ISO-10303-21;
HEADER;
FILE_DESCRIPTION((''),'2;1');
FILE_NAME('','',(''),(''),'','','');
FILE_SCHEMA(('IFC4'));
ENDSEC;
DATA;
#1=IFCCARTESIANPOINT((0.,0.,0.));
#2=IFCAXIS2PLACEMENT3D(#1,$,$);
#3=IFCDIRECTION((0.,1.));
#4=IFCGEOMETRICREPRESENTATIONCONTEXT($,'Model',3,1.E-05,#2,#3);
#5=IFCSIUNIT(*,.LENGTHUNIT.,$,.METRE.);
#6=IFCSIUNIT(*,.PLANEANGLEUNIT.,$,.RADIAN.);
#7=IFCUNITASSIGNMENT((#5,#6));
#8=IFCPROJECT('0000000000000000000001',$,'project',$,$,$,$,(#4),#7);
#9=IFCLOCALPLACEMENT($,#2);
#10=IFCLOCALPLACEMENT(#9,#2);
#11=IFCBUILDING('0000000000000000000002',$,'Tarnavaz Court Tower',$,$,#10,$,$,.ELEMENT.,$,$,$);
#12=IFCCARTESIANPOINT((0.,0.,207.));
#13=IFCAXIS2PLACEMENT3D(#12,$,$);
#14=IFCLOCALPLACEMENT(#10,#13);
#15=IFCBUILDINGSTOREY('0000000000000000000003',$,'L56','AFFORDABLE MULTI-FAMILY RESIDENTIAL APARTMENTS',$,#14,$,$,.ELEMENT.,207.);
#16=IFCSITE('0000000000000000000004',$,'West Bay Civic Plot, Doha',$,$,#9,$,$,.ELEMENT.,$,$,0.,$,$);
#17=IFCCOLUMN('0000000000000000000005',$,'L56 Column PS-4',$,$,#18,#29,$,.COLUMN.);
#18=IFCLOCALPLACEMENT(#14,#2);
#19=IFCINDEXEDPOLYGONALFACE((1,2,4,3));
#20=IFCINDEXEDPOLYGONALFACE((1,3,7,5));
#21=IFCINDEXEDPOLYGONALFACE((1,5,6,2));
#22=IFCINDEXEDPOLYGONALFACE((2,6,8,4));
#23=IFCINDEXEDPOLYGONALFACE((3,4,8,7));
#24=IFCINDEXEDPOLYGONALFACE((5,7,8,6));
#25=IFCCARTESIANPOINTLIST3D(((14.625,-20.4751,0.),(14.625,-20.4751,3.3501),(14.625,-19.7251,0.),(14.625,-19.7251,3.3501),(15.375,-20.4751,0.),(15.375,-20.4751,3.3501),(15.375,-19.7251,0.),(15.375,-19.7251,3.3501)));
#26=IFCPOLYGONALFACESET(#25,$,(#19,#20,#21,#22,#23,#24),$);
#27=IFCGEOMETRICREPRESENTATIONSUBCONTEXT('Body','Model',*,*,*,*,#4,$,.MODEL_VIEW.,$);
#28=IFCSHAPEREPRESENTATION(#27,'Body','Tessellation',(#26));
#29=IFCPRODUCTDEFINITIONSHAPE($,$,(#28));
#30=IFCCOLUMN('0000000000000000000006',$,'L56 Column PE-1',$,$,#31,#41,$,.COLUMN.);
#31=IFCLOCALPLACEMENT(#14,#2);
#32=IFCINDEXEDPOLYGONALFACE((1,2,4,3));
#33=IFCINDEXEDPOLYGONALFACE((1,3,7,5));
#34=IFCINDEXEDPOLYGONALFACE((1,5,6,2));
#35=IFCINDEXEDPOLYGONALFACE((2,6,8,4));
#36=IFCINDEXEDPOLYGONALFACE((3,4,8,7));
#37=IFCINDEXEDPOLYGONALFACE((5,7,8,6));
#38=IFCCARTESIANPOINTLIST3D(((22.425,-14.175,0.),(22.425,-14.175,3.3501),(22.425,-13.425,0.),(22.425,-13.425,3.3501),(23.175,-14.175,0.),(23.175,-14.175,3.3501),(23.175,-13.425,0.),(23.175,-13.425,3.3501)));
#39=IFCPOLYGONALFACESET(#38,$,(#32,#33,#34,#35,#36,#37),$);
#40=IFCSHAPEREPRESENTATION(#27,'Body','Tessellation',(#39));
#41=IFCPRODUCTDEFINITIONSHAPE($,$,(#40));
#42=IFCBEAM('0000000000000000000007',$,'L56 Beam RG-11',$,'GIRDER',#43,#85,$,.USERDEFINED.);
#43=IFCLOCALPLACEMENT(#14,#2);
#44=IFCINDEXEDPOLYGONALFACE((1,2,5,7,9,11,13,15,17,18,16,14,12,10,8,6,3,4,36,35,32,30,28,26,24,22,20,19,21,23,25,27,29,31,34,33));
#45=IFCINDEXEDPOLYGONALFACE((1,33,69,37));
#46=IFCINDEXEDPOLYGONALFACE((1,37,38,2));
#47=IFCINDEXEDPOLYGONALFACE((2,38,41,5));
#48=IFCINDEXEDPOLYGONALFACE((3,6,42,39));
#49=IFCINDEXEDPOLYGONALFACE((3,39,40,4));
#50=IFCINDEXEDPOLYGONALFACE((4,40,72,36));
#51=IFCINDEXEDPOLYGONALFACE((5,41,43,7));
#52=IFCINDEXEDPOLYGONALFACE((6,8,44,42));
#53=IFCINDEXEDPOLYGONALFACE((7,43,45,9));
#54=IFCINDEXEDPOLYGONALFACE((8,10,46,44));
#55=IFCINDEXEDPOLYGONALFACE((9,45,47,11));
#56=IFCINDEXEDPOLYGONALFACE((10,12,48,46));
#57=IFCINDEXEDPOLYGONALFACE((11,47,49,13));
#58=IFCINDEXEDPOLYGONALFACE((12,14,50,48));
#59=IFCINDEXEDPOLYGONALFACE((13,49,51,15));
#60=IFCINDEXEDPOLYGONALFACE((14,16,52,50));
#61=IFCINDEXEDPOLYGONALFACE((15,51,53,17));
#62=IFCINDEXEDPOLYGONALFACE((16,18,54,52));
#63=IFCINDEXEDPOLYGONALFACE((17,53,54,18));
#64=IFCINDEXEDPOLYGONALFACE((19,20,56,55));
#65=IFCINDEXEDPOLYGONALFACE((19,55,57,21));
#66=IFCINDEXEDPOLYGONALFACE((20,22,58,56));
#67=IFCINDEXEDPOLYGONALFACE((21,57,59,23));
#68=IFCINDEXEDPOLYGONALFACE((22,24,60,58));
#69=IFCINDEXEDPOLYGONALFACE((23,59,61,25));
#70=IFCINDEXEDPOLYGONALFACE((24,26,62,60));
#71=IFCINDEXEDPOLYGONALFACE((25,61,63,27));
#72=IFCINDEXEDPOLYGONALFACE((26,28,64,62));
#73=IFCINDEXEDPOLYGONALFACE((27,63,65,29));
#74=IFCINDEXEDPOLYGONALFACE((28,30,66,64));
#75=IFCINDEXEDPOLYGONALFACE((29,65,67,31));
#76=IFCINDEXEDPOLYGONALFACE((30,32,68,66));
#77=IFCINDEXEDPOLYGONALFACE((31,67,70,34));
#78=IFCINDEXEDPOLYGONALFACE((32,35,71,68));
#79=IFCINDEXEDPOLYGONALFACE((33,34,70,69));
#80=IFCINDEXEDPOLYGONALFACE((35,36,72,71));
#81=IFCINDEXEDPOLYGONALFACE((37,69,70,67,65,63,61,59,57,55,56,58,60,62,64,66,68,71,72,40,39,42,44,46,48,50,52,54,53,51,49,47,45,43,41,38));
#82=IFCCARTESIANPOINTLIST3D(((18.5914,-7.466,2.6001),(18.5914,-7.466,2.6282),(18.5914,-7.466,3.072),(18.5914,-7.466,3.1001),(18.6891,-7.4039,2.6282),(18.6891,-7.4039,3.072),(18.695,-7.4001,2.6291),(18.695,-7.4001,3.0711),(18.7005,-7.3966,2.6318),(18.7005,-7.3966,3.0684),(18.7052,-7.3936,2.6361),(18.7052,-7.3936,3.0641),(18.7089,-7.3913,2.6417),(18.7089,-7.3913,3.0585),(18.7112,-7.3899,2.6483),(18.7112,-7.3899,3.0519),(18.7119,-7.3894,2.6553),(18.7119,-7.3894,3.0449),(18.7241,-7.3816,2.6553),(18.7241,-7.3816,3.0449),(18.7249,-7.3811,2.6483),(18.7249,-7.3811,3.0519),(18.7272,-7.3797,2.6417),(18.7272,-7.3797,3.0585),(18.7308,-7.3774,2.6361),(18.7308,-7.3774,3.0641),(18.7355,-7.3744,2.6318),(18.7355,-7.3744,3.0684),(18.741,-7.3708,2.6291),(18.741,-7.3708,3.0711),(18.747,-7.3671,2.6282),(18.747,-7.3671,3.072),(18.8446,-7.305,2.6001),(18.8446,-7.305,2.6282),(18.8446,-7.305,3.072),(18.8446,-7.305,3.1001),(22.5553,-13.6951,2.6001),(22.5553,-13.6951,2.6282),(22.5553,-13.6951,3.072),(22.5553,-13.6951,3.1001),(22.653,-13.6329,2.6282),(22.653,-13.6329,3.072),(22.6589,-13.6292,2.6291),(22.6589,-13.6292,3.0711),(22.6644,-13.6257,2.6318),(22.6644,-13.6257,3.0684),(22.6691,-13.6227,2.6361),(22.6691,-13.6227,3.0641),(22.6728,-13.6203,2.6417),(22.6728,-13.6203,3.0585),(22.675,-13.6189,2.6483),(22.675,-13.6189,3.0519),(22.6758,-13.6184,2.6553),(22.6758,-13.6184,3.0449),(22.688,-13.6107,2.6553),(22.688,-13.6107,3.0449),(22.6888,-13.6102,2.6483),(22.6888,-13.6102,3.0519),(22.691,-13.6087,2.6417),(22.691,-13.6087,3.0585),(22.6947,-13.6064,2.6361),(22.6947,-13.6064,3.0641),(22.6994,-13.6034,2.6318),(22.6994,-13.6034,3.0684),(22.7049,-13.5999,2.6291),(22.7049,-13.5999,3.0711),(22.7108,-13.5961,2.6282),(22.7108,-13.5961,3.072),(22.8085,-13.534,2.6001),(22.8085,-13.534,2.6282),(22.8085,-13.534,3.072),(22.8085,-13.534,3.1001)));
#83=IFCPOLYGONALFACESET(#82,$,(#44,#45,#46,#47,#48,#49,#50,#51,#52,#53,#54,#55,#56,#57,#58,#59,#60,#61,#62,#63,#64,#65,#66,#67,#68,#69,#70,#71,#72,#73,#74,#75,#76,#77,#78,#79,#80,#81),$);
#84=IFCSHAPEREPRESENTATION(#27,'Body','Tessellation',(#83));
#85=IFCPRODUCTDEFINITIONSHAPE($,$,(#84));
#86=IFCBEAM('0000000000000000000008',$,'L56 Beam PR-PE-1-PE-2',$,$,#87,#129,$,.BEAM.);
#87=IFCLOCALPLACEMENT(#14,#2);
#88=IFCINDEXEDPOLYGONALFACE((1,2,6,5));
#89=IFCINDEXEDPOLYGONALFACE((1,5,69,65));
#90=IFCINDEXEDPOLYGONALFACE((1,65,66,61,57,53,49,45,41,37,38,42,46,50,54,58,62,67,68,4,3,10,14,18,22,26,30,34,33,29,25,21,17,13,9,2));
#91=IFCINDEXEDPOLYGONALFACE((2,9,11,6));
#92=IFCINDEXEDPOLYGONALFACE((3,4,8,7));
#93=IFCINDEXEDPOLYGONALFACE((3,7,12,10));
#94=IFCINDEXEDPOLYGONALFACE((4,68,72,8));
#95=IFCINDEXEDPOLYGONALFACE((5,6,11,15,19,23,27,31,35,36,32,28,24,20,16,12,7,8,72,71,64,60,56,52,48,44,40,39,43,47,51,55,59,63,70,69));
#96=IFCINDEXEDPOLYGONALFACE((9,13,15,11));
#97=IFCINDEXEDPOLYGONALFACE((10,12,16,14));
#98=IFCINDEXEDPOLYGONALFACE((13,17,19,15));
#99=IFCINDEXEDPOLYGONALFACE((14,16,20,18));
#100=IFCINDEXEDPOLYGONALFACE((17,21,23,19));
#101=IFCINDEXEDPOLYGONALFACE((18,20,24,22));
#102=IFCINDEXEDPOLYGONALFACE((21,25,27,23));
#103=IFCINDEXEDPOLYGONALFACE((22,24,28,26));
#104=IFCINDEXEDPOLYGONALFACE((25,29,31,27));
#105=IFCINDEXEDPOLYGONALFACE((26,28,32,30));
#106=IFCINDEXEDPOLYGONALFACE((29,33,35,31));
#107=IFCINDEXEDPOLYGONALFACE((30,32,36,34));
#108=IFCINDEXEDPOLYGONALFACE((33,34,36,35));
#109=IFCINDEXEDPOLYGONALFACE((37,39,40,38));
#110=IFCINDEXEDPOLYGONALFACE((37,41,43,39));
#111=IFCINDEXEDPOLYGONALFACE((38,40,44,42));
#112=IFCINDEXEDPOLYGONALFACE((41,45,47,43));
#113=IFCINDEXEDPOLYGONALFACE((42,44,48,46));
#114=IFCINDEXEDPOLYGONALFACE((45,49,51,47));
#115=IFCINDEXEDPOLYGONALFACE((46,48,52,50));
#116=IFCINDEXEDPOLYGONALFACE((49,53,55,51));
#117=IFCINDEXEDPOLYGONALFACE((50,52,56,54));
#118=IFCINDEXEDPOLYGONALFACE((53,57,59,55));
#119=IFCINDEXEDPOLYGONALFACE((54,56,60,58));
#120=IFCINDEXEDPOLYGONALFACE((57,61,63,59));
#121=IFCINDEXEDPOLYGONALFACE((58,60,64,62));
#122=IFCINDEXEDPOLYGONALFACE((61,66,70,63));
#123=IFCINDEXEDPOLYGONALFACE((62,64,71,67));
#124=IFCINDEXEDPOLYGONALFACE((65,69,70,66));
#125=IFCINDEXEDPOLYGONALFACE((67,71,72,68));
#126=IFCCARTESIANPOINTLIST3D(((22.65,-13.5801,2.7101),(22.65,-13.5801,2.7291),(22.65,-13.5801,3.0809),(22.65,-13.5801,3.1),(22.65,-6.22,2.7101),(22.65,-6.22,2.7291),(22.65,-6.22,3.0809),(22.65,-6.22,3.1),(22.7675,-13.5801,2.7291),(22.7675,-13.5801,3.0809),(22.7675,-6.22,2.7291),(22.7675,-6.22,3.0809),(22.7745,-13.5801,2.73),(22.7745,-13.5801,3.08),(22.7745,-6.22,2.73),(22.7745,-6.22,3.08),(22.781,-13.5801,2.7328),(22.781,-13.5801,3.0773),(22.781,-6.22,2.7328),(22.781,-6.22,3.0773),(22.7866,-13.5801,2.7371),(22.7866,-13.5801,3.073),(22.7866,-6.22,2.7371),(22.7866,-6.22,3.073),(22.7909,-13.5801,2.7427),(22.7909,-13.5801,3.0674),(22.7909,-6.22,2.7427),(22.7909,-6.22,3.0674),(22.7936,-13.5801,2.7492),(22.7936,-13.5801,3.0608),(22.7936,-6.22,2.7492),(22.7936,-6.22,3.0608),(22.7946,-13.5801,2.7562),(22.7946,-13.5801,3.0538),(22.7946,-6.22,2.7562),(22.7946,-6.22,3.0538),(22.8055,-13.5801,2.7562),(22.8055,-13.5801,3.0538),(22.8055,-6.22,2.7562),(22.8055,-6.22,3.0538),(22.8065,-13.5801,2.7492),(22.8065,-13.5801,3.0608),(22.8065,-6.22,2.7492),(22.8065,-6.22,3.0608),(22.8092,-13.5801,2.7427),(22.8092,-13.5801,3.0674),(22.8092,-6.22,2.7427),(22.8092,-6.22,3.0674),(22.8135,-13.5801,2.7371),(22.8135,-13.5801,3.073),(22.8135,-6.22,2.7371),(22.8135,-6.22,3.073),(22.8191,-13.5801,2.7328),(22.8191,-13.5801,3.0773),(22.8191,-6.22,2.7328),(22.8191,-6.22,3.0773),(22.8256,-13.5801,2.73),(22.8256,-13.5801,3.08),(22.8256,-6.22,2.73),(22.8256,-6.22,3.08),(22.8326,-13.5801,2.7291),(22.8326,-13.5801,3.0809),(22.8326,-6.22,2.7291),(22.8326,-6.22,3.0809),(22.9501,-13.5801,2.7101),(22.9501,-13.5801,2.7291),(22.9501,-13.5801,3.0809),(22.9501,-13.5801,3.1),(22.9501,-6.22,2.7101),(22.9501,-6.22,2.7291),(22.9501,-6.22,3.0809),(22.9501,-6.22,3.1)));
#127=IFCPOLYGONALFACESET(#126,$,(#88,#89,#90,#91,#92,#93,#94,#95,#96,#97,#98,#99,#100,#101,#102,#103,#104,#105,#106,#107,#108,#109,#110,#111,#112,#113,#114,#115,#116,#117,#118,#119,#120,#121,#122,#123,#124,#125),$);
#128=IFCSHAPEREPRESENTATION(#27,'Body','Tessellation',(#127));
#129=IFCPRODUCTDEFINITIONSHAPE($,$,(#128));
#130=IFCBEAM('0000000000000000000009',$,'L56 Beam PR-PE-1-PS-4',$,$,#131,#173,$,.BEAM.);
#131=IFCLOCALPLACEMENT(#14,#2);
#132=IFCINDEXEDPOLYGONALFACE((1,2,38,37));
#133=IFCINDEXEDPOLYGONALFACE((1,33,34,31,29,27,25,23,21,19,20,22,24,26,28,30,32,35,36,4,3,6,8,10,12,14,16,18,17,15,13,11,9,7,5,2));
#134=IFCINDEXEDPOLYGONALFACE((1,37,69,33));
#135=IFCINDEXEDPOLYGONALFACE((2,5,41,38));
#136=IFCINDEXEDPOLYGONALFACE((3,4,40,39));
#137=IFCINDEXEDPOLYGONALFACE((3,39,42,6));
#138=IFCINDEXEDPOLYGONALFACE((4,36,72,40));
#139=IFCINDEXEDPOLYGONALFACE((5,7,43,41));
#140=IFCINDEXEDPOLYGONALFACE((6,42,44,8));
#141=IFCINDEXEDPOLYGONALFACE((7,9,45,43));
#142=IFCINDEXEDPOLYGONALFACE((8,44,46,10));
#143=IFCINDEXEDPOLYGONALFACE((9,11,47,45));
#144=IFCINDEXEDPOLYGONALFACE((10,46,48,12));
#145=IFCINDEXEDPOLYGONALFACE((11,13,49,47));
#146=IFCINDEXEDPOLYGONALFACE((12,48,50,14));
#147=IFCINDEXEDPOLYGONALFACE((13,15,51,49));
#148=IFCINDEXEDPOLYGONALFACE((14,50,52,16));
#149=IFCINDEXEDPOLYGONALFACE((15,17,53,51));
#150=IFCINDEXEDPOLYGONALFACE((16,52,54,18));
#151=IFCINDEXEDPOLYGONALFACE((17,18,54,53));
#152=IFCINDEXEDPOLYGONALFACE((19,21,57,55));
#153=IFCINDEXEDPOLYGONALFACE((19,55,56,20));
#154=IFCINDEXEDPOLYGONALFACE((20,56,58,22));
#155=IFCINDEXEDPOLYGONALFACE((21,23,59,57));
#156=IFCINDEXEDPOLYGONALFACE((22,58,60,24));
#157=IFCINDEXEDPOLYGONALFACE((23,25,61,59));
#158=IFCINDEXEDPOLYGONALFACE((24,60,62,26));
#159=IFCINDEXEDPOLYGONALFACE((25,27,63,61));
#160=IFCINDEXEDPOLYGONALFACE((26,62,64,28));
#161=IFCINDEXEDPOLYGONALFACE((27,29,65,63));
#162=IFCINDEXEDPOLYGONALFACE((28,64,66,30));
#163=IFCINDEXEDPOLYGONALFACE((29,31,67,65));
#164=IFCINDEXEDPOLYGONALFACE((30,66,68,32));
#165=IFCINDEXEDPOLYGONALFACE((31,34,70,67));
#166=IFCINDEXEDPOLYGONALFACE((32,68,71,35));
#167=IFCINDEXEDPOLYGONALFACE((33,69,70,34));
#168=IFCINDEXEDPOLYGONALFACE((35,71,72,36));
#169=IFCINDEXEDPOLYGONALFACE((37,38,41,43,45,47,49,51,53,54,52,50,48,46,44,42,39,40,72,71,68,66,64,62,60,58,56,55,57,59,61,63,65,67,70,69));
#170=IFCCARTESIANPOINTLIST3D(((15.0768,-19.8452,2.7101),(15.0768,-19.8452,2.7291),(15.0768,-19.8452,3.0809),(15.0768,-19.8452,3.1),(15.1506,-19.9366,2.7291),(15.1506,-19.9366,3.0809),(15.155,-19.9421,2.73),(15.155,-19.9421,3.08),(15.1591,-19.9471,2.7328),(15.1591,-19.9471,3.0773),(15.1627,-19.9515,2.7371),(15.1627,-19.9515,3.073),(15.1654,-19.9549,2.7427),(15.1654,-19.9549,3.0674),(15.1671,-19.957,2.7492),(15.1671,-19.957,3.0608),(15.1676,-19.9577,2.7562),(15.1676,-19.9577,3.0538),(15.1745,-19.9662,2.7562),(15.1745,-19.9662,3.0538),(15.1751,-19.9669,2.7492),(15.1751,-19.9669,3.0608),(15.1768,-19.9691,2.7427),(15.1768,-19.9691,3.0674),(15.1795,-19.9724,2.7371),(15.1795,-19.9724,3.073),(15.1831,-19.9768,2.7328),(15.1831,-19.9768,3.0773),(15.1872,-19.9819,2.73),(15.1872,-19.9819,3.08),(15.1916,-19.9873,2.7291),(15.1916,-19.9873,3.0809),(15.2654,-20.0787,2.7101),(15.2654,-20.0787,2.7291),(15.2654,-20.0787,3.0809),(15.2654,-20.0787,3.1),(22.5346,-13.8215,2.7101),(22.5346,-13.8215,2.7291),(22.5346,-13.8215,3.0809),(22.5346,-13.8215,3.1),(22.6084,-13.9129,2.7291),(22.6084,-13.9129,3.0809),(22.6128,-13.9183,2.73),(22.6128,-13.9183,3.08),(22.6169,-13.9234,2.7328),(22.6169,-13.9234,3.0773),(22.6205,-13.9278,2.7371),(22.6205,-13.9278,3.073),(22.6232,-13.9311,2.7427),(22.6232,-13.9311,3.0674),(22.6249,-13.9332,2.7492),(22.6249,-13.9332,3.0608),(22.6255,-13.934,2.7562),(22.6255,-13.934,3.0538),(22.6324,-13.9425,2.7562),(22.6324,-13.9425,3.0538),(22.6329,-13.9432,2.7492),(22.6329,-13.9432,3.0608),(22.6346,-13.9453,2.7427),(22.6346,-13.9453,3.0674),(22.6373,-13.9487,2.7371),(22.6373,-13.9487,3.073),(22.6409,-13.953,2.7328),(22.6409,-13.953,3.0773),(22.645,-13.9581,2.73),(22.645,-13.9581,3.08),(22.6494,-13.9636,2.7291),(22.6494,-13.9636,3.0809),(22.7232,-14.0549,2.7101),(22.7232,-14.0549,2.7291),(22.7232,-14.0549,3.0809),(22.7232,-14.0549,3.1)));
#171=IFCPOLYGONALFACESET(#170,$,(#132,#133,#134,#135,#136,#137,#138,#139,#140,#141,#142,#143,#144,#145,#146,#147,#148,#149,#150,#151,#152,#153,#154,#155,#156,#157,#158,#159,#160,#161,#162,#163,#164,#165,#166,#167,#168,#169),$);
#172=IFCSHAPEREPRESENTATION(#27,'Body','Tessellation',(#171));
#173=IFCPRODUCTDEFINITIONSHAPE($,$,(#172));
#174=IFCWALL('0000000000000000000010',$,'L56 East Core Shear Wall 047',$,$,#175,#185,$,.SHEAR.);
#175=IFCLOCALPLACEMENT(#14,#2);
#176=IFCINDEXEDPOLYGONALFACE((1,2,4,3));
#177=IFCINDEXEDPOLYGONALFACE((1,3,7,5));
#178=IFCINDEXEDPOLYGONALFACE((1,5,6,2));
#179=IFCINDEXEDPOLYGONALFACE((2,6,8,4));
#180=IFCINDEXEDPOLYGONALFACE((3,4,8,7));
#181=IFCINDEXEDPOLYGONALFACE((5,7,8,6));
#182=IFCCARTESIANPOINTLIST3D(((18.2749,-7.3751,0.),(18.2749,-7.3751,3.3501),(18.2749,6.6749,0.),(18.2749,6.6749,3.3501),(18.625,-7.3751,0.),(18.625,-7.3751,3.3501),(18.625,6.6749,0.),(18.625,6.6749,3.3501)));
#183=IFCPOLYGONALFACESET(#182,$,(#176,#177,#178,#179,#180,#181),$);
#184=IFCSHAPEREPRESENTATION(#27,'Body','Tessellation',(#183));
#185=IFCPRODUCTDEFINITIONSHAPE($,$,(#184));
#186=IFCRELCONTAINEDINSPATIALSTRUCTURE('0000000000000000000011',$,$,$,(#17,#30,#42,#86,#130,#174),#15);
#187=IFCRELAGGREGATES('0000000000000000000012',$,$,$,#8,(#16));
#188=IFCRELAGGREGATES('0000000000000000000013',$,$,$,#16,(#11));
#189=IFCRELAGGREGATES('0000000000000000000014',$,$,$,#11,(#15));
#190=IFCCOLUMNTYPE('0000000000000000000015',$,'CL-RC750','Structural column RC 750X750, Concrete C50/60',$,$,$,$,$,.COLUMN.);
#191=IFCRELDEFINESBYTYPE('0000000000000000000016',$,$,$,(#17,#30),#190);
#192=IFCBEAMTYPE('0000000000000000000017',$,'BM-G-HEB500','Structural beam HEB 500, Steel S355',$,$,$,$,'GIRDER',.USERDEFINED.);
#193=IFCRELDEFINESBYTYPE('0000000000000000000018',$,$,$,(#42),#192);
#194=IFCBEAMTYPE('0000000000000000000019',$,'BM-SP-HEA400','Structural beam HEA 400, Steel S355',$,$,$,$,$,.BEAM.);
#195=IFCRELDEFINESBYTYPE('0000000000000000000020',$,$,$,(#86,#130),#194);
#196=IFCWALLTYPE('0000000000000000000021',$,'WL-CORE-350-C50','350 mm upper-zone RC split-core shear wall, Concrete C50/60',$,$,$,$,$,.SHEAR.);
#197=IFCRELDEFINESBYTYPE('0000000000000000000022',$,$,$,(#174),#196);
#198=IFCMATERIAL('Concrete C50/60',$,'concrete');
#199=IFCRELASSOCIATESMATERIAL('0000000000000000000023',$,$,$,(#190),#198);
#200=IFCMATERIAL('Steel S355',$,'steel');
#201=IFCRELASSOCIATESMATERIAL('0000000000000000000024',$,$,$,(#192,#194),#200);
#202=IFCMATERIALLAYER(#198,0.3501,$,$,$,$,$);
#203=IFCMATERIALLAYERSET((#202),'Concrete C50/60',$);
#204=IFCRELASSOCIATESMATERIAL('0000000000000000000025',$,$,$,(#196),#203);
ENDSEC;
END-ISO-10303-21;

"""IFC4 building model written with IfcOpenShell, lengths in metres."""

from ifc_helpers import new_model, si_unit, direction, frame, frame_2d, origin, origin_2d, place, context, subcontext, project, spatial, rectangle, i_section, extrude, material, layer, layer_set, material_profile, profile_set, type_object, element, save


model = new_model("IFC4")

# Units and contexts
model_context = context("Model", 3, precision=1e-05, world=origin(), true_north=direction((0.0, 1.0)))
body_context = subcontext(model_context, "Body", "Model", "MODEL_VIEW")
ifc_project = project(units=[si_unit("LENGTHUNIT", "METRE"), si_unit("PLANEANGLEUNIT", "RADIAN")], contexts=[model_context])

# Site, building, storey
site_placement = place(None, origin())
site = spatial("IfcSite", under=ifc_project, at=site_placement, Name="West Bay Civic Plot, Doha", CompositionType="ELEMENT", RefElevation=0.0)
building_placement = place(site_placement, origin())
building = spatial("IfcBuilding", under=site, at=building_placement, Name="Tarnavaz Court Tower", CompositionType="ELEMENT")
storey_placement = place(building_placement, frame((0.0, 0.0, 207.0)))
storey = spatial("IfcBuildingStorey", under=building, at=storey_placement, Name="L56", Description="AFFORDABLE MULTI-FAMILY RESIDENTIAL APARTMENTS", CompositionType="ELEMENT", Elevation=207.0)

# Columns
ifc_material_1 = material(Name="Concrete C50/60", Category="concrete")
ifc_material_profile_1 = material_profile(ifc_material_1, rectangle(XDim=0.75, YDim=0.75, at=origin_2d()), Name="RC 750X750")
ifc_profile_set_1 = profile_set([ifc_material_profile_1], Name="Concrete C50/60")
column_type = type_object("IfcColumnType", Name="CL-RC750", Description="Structural column RC 750X750, Concrete C50/60", PredefinedType="COLUMN", material=ifc_profile_set_1)
for number, where, z_axis, x_axis, name in (
    (1, (15.0, -20.1001, 0.0), (0.0, 0.0, 1.0), (1.0, 0.0, 0.0), "L56 Column PS-4"),
    (2, (22.8, -13.8, 0.0), (0.0, 0.0, 1.0), (1.0, 0.0, 0.0), "L56 Column PE-1"),
):
    element("IfcColumn", number, at=place(storey_placement, frame(where, z_axis=z_axis, x_axis=x_axis)), inside=storey, type_object=column_type, Name=name, PredefinedType="COLUMN", context=body_context, shape_type="SweptSolid", body=[
        extrude(rectangle(XDim=0.75, YDim=0.75, at=origin_2d()), origin(), (0.0, 0.0, 1.0), 3.3501),
    ])

# Beams
ifc_material_2 = material(Name="Steel S355", Category="steel")
ifc_material_profile_2 = material_profile(ifc_material_2, i_section(OverallWidth=0.3, OverallDepth=0.5, WebThickness=0.0144, FlangeThickness=0.0281, FilletRadius=0.0271, at=origin_2d()), Name="HEB 500")
ifc_profile_set_2 = profile_set([ifc_material_profile_2], Name="Steel S355")
beam_type_1 = type_object("IfcBeamType", Name="BM-G-HEB500", Description="Structural beam HEB 500, Steel S355", ElementType="GIRDER", PredefinedType="USERDEFINED", material=ifc_profile_set_2)
beam_1_placement = place(storey_placement, frame((18.718, -7.3855, 2.8501), z_axis=(0.536871, -0.843664, 0.0), x_axis=(0.843664, 0.536871, 0.0)))
element("IfcBeam", 3, at=beam_1_placement, inside=storey, type_object=beam_type_1, Name="L56 Beam RG-11", ObjectType="GIRDER", PredefinedType="USERDEFINED", context=body_context, shape_type="SweptSolid", body=[
    extrude(i_section(OverallWidth=0.3, OverallDepth=0.5, WebThickness=0.0144, FlangeThickness=0.0281, FilletRadius=0.0271, at=origin_2d()), origin(), (0.0, 0.0, 1.0), 7.3833),
])
ifc_material_profile_3 = material_profile(ifc_material_2, i_section(OverallWidth=0.3, OverallDepth=0.3899, WebThickness=0.011, FlangeThickness=0.019, FilletRadius=0.0271, at=origin_2d()), Name="HEA 400")
ifc_profile_set_3 = profile_set([ifc_material_profile_3], Name="Steel S355")
beam_type_2 = type_object("IfcBeamType", Name="BM-SP-HEA400", Description="Structural beam HEA 400, Steel S355", PredefinedType="BEAM", material=ifc_profile_set_3)
beam_2_placement = place(storey_placement, frame((22.8, -13.5801, 2.905), z_axis=(0.0, 1.0, 0.0), x_axis=(-1.0, 0.0, 0.0)))
element("IfcBeam", 4, at=beam_2_placement, inside=storey, type_object=beam_type_2, Name="L56 Beam PR-PE-1-PE-2", PredefinedType="BEAM", context=body_context, shape_type="SweptSolid", body=[
    extrude(i_section(OverallWidth=0.3, OverallDepth=0.3899, WebThickness=0.011, FlangeThickness=0.019, FilletRadius=0.0271, at=origin_2d()), origin(), (0.0, 0.0, 1.0), 7.3601),
])
beam_3_placement = place(storey_placement, frame((22.6289, -13.9382, 2.905), z_axis=(-0.777936, -0.628344, 0.0), x_axis=(0.628344, -0.777936, 0.0)))
element("IfcBeam", 5, at=beam_3_placement, inside=storey, type_object=beam_type_2, Name="L56 Beam PR-PE-1-PS-4", PredefinedType="BEAM", context=body_context, shape_type="SweptSolid", body=[
    extrude(i_section(OverallWidth=0.3, OverallDepth=0.3899, WebThickness=0.011, FlangeThickness=0.019, FilletRadius=0.0271, at=origin_2d()), origin(), (0.0, 0.0, 1.0), 9.5867),
])

# Wall
ifc_layer_1 = layer(ifc_material_1, 0.3501)
ifc_layer_set_1 = layer_set([ifc_layer_1], Name="Concrete C50/60")
wall_type_1 = type_object("IfcWallType", Name="WL-CORE-350-C50", Description="350 mm upper-zone RC split-core shear wall, Concrete C50/60", PredefinedType="SHEAR", material=ifc_layer_set_1)
wall_1_placement = place(storey_placement, frame((18.45, -7.375, 0.0), z_axis=(0.0, 0.0, 1.0), x_axis=(0.0, 1.0, 0.0)))
element("IfcWall", 6, at=wall_1_placement, inside=storey, type_object=wall_type_1, Name="L56 East Core Shear Wall 047", PredefinedType="SHEAR", context=body_context, shape_type="SweptSolid", body=[
    extrude(rectangle(XDim=14.05, YDim=0.3501, at=frame_2d((7.0249, 0.0))), origin(), (0.0, 0.0, 1.0), 3.3501),
])

save(model, "model.ifc")
